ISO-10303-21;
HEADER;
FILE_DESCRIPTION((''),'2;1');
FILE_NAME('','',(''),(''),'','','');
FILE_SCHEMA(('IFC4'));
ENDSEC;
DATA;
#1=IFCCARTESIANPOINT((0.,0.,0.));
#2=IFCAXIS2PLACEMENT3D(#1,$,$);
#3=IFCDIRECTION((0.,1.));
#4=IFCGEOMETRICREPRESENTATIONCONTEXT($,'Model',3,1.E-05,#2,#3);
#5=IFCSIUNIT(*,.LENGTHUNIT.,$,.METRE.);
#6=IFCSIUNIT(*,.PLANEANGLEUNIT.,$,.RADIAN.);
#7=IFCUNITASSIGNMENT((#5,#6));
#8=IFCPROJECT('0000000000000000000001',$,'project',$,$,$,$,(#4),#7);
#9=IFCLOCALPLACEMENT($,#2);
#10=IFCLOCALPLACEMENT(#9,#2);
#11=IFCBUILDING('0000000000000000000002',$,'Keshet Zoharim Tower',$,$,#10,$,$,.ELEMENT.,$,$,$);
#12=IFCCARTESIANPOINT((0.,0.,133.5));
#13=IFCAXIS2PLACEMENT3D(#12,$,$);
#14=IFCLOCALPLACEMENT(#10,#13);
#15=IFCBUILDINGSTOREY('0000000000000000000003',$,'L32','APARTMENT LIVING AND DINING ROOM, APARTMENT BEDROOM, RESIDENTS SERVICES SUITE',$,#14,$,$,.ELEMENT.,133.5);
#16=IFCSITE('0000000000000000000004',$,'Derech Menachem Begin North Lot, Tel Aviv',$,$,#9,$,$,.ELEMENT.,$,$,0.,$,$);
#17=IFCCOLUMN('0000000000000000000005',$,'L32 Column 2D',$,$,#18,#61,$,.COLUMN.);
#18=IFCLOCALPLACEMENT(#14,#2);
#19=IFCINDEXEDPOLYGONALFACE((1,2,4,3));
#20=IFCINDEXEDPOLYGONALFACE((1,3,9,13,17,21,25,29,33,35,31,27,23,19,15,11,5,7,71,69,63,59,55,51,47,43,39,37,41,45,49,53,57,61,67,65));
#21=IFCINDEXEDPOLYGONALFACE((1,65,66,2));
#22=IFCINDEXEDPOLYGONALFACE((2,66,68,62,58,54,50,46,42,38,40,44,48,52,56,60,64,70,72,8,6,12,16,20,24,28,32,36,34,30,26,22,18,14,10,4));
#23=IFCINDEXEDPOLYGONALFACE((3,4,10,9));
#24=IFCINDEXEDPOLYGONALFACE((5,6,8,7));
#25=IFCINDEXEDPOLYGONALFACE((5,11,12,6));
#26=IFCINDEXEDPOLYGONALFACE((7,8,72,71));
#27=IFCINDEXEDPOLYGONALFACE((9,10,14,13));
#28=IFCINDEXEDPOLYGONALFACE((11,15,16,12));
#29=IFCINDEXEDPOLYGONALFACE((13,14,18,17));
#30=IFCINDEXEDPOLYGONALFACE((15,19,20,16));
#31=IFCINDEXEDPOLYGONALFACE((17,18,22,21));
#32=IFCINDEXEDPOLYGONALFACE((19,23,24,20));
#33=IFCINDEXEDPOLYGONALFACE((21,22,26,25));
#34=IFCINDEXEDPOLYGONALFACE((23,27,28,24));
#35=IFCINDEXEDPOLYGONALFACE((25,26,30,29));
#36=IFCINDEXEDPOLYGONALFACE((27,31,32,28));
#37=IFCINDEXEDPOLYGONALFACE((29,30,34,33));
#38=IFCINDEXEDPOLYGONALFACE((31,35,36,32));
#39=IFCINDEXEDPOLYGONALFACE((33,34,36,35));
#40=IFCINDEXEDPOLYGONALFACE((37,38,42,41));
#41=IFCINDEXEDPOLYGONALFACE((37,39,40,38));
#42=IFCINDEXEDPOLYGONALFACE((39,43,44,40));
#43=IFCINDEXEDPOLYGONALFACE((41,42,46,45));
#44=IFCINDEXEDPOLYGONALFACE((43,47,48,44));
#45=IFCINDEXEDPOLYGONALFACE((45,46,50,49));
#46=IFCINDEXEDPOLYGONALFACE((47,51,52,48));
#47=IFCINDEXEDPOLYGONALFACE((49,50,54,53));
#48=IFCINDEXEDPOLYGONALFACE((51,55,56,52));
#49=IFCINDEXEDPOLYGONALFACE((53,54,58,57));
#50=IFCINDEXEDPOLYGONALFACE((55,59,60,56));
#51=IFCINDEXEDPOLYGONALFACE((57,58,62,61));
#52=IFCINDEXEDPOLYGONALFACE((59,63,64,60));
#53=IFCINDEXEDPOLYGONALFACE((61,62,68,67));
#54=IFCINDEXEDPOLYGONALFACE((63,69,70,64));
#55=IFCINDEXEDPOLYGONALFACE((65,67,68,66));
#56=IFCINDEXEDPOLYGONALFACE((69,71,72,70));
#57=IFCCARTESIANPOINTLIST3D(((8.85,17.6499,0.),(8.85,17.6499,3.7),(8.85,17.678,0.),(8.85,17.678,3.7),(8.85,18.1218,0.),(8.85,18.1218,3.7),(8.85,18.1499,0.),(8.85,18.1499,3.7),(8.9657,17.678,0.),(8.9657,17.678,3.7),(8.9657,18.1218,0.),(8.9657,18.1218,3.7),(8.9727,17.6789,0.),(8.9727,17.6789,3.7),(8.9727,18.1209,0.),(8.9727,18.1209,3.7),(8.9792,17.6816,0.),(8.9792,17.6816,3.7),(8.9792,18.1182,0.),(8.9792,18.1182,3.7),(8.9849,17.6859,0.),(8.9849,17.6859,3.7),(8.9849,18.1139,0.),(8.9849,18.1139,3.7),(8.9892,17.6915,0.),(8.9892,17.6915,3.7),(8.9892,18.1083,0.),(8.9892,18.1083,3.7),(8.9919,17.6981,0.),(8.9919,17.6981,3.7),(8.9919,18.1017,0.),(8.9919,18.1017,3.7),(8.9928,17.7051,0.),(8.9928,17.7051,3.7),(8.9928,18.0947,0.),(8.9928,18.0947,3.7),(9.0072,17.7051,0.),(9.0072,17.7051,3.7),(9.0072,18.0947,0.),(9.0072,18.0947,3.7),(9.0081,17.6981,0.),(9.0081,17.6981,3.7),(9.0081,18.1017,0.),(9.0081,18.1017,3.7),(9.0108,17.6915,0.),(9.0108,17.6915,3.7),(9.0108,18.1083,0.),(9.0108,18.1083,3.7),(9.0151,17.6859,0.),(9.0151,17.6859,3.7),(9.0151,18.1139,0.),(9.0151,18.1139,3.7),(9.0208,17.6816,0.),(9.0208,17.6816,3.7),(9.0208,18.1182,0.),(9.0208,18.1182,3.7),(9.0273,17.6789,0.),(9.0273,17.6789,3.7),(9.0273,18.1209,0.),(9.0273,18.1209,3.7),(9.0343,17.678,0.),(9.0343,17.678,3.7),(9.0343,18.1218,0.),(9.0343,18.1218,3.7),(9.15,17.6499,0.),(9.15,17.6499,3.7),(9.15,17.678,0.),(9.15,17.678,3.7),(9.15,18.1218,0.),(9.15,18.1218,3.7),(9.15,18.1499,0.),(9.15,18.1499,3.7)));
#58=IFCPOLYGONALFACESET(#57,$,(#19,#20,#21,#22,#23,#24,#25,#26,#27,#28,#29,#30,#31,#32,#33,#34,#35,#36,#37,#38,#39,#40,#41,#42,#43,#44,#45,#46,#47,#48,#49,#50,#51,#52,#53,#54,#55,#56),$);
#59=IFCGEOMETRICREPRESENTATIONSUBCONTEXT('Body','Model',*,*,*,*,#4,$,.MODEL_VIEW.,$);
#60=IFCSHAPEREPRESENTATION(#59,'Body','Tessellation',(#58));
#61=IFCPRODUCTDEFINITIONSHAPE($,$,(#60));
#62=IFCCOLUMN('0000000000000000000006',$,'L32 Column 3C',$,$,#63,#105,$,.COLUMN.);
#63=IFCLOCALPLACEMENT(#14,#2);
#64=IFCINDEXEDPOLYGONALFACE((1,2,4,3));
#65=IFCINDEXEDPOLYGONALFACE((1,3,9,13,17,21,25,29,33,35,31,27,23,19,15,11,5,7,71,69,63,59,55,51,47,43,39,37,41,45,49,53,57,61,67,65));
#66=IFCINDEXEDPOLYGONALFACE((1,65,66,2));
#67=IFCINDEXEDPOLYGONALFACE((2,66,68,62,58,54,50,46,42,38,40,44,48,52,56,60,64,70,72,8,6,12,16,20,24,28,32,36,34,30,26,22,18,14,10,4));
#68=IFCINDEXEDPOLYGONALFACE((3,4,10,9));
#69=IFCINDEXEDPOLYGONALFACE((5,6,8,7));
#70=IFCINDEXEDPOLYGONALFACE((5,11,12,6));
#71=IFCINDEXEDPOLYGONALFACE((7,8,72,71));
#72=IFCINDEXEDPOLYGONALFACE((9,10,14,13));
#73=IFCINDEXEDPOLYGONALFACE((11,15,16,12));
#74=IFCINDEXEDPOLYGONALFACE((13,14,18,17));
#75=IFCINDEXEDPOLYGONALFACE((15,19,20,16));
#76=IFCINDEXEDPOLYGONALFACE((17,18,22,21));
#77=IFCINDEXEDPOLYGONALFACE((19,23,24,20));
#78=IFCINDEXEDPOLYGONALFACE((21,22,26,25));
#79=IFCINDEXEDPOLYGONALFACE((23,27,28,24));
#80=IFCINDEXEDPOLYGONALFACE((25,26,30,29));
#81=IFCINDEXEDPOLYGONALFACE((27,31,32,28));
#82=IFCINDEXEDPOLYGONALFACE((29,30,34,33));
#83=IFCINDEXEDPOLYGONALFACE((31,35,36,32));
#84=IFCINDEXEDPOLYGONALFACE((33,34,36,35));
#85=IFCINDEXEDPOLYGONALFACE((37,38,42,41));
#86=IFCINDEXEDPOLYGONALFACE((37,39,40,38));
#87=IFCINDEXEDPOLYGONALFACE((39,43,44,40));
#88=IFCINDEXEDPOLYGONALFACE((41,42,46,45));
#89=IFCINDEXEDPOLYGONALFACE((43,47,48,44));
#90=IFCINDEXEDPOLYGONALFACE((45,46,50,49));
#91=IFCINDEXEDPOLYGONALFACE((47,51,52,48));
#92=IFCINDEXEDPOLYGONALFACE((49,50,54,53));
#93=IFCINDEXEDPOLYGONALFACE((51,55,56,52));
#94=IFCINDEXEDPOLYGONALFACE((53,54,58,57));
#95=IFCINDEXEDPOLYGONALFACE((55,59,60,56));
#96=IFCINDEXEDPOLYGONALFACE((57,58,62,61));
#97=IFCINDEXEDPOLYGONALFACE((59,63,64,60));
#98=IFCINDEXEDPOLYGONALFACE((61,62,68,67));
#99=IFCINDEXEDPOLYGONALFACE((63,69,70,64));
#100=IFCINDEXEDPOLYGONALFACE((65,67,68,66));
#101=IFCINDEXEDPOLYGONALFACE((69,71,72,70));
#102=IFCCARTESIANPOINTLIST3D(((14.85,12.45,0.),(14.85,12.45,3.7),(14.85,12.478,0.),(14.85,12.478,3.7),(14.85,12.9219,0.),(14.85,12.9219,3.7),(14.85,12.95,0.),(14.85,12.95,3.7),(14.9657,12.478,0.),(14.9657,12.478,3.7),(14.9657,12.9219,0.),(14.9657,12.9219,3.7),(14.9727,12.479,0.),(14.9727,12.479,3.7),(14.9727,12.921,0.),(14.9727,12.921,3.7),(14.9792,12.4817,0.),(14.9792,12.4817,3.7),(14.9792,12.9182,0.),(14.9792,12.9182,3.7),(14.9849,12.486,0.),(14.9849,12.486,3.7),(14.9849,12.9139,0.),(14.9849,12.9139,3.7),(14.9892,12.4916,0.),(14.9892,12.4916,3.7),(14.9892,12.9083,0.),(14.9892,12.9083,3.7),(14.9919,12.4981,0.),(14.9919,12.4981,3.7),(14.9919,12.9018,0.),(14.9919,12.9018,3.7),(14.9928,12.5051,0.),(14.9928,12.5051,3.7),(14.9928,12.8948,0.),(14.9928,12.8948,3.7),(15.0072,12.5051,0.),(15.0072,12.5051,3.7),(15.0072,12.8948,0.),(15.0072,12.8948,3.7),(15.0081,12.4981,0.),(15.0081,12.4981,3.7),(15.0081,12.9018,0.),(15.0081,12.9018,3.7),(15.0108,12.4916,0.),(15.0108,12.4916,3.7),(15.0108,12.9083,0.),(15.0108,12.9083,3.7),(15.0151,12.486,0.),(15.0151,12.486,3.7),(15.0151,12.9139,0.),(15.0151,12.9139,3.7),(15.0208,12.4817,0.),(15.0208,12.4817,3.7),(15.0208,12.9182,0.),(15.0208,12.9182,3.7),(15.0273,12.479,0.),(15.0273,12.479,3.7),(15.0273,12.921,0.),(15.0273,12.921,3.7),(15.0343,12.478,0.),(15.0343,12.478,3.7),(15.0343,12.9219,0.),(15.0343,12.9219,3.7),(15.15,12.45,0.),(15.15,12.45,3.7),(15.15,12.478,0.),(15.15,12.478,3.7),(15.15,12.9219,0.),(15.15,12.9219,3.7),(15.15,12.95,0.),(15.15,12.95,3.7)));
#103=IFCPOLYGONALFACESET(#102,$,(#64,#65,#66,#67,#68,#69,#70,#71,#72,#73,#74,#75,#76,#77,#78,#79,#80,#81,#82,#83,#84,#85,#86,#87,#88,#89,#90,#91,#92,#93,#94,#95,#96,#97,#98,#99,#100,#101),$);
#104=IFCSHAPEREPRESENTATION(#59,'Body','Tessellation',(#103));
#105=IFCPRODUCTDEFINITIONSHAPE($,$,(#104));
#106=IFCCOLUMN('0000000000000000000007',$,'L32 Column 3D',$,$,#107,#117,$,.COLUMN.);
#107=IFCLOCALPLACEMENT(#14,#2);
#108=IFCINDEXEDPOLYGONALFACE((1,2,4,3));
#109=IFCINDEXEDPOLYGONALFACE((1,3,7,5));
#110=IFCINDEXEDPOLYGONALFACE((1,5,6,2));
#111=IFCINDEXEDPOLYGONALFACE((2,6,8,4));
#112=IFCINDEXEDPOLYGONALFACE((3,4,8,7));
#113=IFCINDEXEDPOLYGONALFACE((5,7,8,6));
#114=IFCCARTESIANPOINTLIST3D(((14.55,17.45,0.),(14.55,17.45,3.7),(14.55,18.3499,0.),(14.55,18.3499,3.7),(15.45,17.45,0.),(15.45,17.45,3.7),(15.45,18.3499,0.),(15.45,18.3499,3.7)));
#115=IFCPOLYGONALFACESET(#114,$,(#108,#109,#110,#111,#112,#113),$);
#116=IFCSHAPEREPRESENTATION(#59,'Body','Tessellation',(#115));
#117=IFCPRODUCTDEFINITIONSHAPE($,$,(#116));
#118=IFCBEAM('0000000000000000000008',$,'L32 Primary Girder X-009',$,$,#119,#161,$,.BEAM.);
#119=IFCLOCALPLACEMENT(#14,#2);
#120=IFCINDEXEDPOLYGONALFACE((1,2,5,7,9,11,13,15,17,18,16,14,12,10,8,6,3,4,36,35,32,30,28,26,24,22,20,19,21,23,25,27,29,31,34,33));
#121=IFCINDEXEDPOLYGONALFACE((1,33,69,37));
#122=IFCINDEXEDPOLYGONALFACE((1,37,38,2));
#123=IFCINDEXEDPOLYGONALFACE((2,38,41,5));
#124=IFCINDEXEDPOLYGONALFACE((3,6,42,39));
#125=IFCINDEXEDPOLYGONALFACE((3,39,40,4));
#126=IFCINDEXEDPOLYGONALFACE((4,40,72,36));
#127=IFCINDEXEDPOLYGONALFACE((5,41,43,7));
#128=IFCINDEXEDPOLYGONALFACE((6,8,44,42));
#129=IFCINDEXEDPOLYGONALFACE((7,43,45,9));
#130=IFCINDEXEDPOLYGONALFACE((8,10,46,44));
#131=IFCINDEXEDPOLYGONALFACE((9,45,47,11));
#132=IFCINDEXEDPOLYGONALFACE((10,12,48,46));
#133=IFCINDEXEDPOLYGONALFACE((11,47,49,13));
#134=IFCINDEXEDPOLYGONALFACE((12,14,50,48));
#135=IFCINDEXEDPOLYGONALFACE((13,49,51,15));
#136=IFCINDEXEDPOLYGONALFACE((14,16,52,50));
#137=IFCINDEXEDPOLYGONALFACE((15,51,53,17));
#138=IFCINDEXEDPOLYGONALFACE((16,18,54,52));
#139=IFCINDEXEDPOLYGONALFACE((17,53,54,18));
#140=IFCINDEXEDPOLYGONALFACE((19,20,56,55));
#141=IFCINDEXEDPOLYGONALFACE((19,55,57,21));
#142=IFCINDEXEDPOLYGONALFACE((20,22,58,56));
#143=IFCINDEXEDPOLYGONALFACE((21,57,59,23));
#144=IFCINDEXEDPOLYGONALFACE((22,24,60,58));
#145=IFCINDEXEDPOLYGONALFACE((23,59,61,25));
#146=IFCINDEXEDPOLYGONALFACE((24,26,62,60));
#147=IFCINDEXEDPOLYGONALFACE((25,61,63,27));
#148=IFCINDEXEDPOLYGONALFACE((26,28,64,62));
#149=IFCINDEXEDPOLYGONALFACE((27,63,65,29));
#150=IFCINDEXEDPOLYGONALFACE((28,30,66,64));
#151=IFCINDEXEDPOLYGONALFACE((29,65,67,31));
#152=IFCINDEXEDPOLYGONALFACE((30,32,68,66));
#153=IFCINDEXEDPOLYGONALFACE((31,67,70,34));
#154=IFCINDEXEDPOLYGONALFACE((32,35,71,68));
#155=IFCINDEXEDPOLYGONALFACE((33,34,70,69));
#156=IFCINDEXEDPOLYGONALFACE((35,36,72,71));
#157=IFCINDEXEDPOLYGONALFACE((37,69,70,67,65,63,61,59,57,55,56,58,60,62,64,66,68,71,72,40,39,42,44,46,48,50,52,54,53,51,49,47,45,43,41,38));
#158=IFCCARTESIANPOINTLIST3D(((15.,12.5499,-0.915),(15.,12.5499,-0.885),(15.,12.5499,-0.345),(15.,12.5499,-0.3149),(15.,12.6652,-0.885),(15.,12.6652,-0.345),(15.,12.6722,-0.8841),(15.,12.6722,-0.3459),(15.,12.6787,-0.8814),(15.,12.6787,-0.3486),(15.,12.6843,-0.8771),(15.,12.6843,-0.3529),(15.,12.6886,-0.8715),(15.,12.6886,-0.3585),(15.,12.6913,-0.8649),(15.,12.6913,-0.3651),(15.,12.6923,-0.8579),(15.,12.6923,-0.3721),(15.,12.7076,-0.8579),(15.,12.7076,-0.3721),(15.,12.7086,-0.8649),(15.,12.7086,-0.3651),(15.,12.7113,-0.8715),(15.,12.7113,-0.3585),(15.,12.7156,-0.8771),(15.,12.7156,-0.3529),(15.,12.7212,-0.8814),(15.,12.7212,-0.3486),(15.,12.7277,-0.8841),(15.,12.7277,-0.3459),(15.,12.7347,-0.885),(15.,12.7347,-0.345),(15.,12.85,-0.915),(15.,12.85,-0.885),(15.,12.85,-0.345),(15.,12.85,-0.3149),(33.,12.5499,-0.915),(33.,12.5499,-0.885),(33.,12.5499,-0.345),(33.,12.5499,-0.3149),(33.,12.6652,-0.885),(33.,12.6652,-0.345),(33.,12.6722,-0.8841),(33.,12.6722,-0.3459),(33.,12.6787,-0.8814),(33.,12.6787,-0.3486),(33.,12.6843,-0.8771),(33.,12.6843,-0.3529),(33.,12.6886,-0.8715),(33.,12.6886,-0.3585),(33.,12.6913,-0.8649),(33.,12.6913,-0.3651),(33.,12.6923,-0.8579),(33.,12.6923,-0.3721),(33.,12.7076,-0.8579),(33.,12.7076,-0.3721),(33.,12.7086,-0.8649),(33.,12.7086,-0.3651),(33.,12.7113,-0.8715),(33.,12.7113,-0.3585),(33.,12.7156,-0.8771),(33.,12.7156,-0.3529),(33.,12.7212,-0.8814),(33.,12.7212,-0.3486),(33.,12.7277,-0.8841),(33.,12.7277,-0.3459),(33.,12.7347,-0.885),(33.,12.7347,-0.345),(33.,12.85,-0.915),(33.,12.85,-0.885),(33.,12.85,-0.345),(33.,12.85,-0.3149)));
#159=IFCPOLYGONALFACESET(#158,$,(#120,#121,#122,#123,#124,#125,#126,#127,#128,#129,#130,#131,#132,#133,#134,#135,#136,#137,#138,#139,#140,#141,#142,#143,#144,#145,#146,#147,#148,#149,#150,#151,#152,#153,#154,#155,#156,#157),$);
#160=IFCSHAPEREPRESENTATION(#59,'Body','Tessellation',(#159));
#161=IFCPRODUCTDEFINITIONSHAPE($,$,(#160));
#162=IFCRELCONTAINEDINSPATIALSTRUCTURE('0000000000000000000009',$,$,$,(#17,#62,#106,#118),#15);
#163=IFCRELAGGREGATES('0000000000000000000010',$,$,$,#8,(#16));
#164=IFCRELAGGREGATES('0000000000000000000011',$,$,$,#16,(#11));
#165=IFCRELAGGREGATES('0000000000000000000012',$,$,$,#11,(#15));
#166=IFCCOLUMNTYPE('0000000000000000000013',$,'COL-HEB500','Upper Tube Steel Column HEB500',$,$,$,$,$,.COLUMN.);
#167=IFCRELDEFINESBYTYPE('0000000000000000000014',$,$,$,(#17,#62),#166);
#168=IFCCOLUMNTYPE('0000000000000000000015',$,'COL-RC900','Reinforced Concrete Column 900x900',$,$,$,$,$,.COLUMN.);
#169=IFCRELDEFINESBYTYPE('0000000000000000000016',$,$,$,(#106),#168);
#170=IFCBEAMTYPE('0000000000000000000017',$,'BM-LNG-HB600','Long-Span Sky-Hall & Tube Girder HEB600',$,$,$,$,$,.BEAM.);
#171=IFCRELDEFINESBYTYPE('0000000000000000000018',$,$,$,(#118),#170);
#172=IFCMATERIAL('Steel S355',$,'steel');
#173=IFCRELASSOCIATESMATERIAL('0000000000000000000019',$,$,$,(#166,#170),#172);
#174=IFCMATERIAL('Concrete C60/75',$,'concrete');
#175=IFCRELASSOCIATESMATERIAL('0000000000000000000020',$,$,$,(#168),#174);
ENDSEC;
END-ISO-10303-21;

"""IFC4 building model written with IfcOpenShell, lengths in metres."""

from ifc_helpers import new_model, si_unit, direction, frame, origin, origin_2d, place, context, subcontext, project, spatial, rectangle, i_section, extrude, material, material_profile, profile_set, type_object, element, save


model = new_model("IFC4")

# Units and contexts
model_context = context("Model", 3, precision=1e-05, world=origin(), true_north=direction((0.0, 1.0)))
body_context = subcontext(model_context, "Body", "Model", "MODEL_VIEW")
ifc_project = project(units=[si_unit("LENGTHUNIT", "METRE"), si_unit("PLANEANGLEUNIT", "RADIAN")], contexts=[model_context])

# Site, building, storey
site_placement = place(None, origin())
site = spatial("IfcSite", under=ifc_project, at=site_placement, Name="Derech Menachem Begin North Lot, Tel Aviv", CompositionType="ELEMENT", RefElevation=0.0)
building_placement = place(site_placement, origin())
building = spatial("IfcBuilding", under=site, at=building_placement, Name="Keshet Zoharim Tower", CompositionType="ELEMENT")
storey_placement = place(building_placement, frame((0.0, 0.0, 133.5)))
storey = spatial("IfcBuildingStorey", under=building, at=storey_placement, Name="L32", Description="APARTMENT LIVING AND DINING ROOM, APARTMENT BEDROOM, RESIDENTS SERVICES SUITE", CompositionType="ELEMENT", Elevation=133.5)

# Columns
ifc_material_1 = material(Name="Steel S355", Category="steel")
ifc_material_profile_1 = material_profile(ifc_material_1, i_section(OverallWidth=0.3, OverallDepth=0.5, WebThickness=0.0144, FlangeThickness=0.0281, FilletRadius=0.0271, at=origin_2d()), Name="HEB500")
ifc_profile_set_1 = profile_set([ifc_material_profile_1], Name="Steel S355")
column_type_1 = type_object("IfcColumnType", Name="COL-HEB500", Description="Upper Tube Steel Column HEB500", PredefinedType="COLUMN", material=ifc_profile_set_1)
for number, where, z_axis, x_axis, name in (
    (1, (9.0, 17.8999, 0.0), (0.0, 0.0, 1.0), (1.0, 0.0, 0.0), "L32 Column 2D"),
    (2, (15.0, 12.7, 0.0), (0.0, 0.0, 1.0), (1.0, 0.0, 0.0), "L32 Column 3C"),
):
    element("IfcColumn", number, at=place(storey_placement, frame(where, z_axis=z_axis, x_axis=x_axis)), inside=storey, type_object=column_type_1, Name=name, PredefinedType="COLUMN", context=body_context, shape_type="SweptSolid", body=[
        extrude(i_section(OverallWidth=0.3, OverallDepth=0.5, WebThickness=0.0144, FlangeThickness=0.0281, FilletRadius=0.0271, at=origin_2d()), origin(), (0.0, 0.0, 1.0), 3.7),
    ])
ifc_material_2 = material(Name="Concrete C60/75", Category="concrete")
ifc_material_profile_2 = material_profile(ifc_material_2, rectangle(XDim=0.8999, YDim=0.8999, at=origin_2d()), Name="RC900x900")
ifc_profile_set_2 = profile_set([ifc_material_profile_2], Name="Concrete C60/75")
column_type_2 = type_object("IfcColumnType", Name="COL-RC900", Description="Reinforced Concrete Column 900x900", PredefinedType="COLUMN", material=ifc_profile_set_2)
column_placement = place(storey_placement, frame((15.0, 17.8999, 0.0), z_axis=(0.0, 0.0, 1.0), x_axis=(1.0, 0.0, 0.0)))
element("IfcColumn", 3, at=column_placement, inside=storey, type_object=column_type_2, Name="L32 Column 3D", PredefinedType="COLUMN", context=body_context, shape_type="SweptSolid", body=[
    extrude(rectangle(XDim=0.8999, YDim=0.8999, at=origin_2d()), origin(), (0.0, 0.0, 1.0), 3.7),
])

# Beam
ifc_material_profile_3 = material_profile(ifc_material_1, i_section(OverallWidth=0.3, OverallDepth=0.6001, WebThickness=0.0154, FlangeThickness=0.03, FilletRadius=0.0271, at=origin_2d()), Name="HEB600")
ifc_profile_set_3 = profile_set([ifc_material_profile_3], Name="Steel S355")
beam_type_1 = type_object("IfcBeamType", Name="BM-LNG-HB600", Description="Long-Span Sky-Hall & Tube Girder HEB600", PredefinedType="BEAM", material=ifc_profile_set_3)
for number, where, z_axis, x_axis, name in (
    (4, (15.0, 12.7, -0.615), (1.0, 0.0, 0.0), (0.0, 1.0, 0.0), "L32 Primary Girder X-009"),
):
    element("IfcBeam", number, at=place(storey_placement, frame(where, z_axis=z_axis, x_axis=x_axis)), inside=storey, type_object=beam_type_1, Name=name, PredefinedType="BEAM", context=body_context, shape_type="SweptSolid", body=[
        extrude(i_section(OverallWidth=0.3, OverallDepth=0.6001, WebThickness=0.0154, FlangeThickness=0.03, FilletRadius=0.0271, at=origin_2d()), origin(), (0.0, 0.0, 1.0), 18.0),
    ])

save(model, "model.ifc")
